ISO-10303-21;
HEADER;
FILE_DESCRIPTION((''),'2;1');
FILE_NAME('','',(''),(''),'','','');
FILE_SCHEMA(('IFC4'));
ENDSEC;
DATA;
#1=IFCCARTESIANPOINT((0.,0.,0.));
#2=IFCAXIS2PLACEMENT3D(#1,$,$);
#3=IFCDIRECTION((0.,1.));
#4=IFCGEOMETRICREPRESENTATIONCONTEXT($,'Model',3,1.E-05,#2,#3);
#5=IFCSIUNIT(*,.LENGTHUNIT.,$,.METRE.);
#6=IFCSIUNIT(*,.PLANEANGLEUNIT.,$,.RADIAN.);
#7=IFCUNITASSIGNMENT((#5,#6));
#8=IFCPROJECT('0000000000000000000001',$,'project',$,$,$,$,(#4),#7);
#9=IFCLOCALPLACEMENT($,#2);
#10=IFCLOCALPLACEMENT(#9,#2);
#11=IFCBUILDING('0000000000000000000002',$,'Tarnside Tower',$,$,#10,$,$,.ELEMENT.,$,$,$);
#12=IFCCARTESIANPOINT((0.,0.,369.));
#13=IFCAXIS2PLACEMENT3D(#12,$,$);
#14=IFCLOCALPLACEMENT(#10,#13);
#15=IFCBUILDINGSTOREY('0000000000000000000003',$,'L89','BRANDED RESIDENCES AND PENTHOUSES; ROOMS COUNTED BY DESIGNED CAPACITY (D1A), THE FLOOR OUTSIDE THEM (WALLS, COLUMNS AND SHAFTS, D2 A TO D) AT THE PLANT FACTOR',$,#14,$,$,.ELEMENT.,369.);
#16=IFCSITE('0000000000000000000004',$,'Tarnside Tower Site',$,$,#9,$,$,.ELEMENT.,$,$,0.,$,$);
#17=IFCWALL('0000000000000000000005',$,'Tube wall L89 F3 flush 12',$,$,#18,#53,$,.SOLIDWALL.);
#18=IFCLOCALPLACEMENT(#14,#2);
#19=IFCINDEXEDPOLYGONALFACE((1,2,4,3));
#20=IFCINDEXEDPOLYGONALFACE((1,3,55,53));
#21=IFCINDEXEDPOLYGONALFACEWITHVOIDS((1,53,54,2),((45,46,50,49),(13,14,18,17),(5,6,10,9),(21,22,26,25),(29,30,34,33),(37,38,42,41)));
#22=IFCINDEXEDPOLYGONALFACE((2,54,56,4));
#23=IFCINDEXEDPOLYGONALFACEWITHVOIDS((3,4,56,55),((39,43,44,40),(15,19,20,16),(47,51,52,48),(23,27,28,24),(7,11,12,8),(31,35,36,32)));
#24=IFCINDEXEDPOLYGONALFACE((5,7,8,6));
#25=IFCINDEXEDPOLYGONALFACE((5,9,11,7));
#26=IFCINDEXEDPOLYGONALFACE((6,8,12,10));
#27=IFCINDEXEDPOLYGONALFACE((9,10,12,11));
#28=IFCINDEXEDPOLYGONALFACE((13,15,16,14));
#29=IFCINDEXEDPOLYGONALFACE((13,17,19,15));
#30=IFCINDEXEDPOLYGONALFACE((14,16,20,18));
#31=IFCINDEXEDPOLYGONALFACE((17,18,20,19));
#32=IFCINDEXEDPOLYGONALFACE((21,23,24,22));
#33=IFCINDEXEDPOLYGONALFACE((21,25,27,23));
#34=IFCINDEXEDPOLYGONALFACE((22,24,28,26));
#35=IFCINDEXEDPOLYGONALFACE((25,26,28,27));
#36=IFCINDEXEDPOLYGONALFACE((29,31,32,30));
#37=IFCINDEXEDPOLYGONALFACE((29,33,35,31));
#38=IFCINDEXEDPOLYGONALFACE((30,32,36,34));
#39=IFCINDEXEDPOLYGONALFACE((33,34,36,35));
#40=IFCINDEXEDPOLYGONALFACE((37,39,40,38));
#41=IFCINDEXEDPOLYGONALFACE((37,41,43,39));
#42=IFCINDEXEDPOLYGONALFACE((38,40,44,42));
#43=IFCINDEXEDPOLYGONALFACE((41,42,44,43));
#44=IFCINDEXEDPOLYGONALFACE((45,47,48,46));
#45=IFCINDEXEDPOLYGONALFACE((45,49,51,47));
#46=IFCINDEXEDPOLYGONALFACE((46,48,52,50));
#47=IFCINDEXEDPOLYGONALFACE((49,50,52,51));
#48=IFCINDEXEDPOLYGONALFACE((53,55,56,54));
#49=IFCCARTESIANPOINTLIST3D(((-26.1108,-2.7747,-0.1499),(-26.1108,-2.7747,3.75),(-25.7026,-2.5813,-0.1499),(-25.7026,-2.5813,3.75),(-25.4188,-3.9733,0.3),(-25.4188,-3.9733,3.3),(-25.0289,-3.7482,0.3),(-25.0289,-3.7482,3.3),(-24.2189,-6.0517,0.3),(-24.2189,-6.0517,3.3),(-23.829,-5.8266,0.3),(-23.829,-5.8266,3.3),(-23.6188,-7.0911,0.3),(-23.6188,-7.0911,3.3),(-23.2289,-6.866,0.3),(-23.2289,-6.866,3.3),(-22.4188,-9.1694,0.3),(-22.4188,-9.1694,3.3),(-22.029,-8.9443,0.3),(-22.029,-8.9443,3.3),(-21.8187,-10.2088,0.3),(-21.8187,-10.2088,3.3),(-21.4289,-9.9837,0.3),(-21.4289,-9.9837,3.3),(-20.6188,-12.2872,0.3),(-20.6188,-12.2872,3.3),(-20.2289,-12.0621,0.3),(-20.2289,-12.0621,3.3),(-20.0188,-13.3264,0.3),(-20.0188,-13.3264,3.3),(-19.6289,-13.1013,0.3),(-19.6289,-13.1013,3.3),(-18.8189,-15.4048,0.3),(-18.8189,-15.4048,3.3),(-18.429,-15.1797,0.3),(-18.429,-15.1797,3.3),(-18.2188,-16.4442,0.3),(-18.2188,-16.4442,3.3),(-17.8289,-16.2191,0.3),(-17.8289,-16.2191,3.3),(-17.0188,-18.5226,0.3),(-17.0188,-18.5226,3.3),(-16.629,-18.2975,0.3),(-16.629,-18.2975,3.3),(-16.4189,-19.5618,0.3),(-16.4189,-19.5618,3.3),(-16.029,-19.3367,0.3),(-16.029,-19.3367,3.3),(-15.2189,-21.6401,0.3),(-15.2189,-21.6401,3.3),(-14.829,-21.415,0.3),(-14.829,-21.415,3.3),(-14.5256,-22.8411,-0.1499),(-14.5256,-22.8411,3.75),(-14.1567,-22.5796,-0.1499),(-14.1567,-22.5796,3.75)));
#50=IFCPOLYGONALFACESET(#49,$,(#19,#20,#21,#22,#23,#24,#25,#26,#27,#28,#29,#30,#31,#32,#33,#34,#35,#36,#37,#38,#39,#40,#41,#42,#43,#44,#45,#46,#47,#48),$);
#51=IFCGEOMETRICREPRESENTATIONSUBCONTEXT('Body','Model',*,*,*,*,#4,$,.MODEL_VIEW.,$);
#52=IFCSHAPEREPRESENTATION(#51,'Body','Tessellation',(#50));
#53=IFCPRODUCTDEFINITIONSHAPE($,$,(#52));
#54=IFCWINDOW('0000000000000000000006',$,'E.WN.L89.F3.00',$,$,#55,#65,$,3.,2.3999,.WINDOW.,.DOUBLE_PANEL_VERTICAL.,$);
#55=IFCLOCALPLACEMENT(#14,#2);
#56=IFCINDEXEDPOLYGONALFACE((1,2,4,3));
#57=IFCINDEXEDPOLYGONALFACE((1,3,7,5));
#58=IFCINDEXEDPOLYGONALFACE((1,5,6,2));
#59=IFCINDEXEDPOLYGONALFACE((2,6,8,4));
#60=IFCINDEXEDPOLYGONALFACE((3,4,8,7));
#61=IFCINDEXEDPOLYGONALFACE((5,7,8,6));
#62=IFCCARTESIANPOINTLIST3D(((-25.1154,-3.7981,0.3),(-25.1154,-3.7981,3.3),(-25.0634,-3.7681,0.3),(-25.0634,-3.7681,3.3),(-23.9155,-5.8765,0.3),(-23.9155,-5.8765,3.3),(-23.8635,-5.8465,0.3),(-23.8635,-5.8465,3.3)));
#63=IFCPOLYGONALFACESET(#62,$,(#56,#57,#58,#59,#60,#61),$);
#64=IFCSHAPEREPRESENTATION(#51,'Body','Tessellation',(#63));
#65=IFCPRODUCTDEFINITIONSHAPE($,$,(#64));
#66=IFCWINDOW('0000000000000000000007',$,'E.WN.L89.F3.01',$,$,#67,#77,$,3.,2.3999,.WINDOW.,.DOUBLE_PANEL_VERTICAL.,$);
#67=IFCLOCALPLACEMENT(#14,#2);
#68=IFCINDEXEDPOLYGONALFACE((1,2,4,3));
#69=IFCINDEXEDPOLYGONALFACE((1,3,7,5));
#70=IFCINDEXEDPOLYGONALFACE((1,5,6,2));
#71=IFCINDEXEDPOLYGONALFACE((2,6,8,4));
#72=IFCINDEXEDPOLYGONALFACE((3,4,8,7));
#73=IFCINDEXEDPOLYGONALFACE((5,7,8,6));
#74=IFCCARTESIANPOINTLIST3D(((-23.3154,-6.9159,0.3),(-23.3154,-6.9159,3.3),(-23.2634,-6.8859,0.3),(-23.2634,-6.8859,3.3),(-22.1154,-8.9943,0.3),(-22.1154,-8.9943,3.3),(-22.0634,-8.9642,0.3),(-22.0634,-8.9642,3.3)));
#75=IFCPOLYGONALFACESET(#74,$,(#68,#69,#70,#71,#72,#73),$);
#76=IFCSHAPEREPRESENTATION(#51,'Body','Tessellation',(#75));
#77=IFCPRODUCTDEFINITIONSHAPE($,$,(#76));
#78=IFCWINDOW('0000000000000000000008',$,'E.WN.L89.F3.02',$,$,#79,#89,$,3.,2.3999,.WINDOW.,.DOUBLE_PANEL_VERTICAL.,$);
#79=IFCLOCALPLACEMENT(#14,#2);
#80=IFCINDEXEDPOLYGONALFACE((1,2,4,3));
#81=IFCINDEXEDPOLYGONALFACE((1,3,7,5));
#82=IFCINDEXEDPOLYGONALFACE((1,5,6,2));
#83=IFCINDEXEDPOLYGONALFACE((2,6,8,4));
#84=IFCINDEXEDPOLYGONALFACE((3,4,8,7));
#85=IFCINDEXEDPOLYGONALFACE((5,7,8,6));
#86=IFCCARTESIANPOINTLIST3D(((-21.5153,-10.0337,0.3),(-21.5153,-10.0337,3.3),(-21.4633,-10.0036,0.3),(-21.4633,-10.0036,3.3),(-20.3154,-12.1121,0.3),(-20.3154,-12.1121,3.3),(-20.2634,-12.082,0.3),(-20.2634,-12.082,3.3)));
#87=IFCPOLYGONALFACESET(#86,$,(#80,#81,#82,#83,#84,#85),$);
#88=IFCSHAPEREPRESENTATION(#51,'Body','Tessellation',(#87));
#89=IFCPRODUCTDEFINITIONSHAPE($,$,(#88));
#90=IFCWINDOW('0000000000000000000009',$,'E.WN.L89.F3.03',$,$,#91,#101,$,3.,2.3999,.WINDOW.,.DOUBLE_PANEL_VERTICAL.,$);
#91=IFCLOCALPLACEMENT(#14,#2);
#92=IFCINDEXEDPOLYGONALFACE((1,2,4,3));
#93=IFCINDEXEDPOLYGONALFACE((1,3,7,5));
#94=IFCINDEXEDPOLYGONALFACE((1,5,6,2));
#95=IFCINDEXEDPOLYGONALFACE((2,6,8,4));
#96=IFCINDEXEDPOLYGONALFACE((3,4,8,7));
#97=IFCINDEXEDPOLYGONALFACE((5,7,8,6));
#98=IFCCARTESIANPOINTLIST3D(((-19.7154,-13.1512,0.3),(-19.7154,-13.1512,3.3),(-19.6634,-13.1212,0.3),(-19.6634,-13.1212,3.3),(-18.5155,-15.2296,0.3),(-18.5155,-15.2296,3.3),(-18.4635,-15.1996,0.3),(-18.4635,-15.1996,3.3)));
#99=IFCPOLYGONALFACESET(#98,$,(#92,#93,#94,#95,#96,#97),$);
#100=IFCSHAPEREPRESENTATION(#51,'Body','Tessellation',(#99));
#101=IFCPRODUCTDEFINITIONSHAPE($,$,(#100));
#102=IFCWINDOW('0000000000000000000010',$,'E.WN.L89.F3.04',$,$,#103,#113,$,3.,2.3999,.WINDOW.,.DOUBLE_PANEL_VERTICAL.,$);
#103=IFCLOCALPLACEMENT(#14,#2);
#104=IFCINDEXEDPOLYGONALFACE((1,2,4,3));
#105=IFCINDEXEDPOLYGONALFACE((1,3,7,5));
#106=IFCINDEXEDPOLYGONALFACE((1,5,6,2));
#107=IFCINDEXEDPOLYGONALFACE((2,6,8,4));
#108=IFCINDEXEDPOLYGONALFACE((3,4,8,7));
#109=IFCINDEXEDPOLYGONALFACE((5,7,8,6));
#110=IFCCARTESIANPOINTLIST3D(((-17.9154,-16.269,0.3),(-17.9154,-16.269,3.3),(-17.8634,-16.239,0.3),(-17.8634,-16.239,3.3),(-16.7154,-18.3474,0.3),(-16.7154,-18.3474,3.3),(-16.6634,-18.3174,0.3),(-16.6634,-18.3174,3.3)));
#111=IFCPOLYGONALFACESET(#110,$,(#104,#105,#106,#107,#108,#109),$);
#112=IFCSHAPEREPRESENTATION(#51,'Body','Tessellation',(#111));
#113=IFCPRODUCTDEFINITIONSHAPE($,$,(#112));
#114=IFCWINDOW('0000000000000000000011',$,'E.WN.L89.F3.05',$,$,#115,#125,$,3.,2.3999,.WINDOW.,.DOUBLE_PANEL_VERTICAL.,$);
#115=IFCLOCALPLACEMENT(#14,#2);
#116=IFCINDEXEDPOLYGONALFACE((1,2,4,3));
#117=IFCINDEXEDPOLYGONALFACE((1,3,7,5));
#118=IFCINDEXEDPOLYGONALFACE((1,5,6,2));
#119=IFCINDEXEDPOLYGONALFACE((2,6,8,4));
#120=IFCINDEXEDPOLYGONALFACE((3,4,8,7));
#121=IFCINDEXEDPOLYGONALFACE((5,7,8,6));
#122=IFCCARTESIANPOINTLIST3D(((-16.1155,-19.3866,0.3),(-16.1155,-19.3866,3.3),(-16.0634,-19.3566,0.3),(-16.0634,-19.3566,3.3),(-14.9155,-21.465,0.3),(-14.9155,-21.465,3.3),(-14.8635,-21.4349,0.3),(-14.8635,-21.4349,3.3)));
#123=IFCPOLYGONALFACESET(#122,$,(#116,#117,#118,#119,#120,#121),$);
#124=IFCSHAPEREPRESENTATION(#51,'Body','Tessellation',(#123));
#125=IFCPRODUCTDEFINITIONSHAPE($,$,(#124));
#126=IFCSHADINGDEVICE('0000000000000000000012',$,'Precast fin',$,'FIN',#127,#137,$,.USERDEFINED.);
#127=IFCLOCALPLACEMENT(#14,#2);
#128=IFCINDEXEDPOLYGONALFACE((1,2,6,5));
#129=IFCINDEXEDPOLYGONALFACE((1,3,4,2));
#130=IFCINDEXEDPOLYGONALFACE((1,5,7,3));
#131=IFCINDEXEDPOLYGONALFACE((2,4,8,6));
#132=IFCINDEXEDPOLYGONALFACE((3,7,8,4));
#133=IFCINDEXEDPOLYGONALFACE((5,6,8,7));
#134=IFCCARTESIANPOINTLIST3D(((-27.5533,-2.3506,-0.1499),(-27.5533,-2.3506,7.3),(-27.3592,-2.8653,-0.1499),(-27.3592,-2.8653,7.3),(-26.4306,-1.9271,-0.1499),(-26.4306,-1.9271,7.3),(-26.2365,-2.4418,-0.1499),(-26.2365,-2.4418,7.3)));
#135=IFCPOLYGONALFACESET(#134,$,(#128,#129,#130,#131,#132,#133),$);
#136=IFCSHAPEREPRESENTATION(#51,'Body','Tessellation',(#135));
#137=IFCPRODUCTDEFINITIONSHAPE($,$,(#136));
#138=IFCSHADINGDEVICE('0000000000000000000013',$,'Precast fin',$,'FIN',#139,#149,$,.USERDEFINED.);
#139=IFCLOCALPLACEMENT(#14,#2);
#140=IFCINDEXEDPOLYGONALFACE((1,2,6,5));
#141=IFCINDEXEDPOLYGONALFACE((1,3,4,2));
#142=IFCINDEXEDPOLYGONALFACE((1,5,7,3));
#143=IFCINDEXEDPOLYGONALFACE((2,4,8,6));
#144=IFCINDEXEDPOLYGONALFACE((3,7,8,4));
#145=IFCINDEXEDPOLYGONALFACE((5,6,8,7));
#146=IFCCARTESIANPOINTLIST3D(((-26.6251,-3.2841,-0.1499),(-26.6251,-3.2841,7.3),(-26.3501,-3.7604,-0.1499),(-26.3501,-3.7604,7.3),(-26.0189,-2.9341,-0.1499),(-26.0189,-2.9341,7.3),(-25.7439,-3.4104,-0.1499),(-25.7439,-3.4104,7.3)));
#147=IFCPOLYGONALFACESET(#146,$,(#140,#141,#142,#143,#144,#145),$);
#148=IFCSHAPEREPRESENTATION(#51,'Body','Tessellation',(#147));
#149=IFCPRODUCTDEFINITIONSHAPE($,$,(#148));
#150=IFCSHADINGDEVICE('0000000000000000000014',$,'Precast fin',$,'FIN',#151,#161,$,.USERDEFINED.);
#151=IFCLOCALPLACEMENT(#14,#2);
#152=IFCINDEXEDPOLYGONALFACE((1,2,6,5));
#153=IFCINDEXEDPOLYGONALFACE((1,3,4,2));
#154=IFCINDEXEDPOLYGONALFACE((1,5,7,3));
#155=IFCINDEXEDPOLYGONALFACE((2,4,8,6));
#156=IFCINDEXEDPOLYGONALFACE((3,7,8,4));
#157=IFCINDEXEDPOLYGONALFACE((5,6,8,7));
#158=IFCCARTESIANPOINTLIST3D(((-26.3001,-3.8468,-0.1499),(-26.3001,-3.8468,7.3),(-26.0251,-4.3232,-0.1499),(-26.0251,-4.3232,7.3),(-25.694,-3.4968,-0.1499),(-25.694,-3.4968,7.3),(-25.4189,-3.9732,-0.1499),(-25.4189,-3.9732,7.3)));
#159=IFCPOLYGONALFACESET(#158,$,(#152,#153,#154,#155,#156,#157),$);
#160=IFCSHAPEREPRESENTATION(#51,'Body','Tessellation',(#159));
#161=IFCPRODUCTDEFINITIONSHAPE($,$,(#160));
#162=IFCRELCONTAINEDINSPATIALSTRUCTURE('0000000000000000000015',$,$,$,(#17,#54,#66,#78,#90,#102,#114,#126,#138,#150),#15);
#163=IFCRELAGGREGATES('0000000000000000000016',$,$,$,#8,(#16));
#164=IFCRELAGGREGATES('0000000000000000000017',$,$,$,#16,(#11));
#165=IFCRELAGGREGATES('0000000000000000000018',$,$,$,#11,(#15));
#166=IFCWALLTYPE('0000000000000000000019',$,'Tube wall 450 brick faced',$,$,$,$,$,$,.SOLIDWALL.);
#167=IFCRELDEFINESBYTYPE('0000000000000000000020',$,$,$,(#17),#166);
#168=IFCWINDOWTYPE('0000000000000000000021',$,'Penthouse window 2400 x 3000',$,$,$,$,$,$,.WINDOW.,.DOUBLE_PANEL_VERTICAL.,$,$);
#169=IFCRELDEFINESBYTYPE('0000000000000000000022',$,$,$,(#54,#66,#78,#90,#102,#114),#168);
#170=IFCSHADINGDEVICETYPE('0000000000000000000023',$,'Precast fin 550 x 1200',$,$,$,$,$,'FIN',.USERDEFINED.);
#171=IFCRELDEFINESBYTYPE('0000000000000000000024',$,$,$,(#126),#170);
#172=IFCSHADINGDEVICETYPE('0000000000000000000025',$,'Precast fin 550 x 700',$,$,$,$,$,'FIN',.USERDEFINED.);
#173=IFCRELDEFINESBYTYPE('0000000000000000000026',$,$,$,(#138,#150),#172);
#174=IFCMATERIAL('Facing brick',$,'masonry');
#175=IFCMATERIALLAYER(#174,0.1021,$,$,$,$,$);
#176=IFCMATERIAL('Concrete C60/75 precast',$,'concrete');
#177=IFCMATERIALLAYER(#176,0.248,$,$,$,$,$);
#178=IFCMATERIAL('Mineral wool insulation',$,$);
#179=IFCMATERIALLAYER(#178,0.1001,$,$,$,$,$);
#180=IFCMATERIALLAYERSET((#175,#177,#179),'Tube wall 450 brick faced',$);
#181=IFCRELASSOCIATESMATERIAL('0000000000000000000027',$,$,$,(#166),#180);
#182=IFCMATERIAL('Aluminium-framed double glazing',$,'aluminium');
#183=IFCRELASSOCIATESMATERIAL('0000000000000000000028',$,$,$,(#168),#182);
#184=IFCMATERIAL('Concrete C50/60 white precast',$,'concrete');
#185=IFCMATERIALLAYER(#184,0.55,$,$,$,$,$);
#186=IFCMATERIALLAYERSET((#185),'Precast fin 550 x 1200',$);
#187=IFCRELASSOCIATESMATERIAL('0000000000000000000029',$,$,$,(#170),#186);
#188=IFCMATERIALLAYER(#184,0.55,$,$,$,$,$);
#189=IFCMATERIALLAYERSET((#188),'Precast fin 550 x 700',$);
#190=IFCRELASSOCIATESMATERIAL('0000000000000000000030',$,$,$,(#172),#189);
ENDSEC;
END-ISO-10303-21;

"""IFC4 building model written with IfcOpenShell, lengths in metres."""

from ifc_helpers import new_model, si_unit, direction, frame, frame_2d, origin, place, context, subcontext, project, spatial, polyline, rectangle, outline, extrude, material, layer, layer_set, type_object, element, fill, save


model = new_model("IFC4")

# Units and contexts
model_context = context("Model", 3, precision=1e-05, world=origin(), true_north=direction((0.0, 1.0)))
body_context = subcontext(model_context, "Body", "Model", "MODEL_VIEW")
ifc_project = project(units=[si_unit("LENGTHUNIT", "METRE"), si_unit("PLANEANGLEUNIT", "RADIAN")], contexts=[model_context])

# Site, building, storey
site_placement = place(None, origin())
site = spatial("IfcSite", under=ifc_project, at=site_placement, Name="Tarnside Tower Site", CompositionType="ELEMENT", RefElevation=0.0)
building_placement = place(site_placement, origin())
building = spatial("IfcBuilding", under=site, at=building_placement, Name="Tarnside Tower", CompositionType="ELEMENT")
storey_placement = place(building_placement, frame((0.0, 0.0, 369.0)))
storey = spatial("IfcBuildingStorey", under=building, at=storey_placement, Name="L89", Description="BRANDED RESIDENCES AND PENTHOUSES; ROOMS COUNTED BY DESIGNED CAPACITY (D1A), THE FLOOR OUTSIDE THEM (WALLS, COLUMNS AND SHAFTS, D2 A TO D) AT THE PLANT FACTOR", CompositionType="ELEMENT", Elevation=369.0)

# Shared definitions
ifc_material_1 = material(Name="Facing brick", Category="masonry")
ifc_layer_1 = layer(ifc_material_1, 0.1021)
ifc_material_2 = material(Name="Concrete C60/75 precast", Category="concrete")
ifc_layer_2 = layer(ifc_material_2, 0.248)
ifc_material_3 = material(Name="Mineral wool insulation")
ifc_layer_3 = layer(ifc_material_3, 0.1001)
ifc_layer_set_1 = layer_set([ifc_layer_1, ifc_layer_2, ifc_layer_3], Name="Tube wall 450 brick faced")
wall_type_1 = type_object("IfcWallType", Name="Tube wall 450 brick faced", PredefinedType="SOLIDWALL", material=ifc_layer_set_1)

# Wall, openings, windows
wall_1_placement = place(storey_placement, frame((-25.9067, -2.678, -0.1499), z_axis=(0.0, 0.0, 1.0), x_axis=(0.499997, -0.866027, 0.0)))
wall_1 = element("IfcWall", 1, at=wall_1_placement, inside=storey, type_object=wall_type_1, Name="Tube wall L89 F3 flush 12", PredefinedType="SOLIDWALL", context=body_context, shape_type="SweptSolid", body=[
    extrude(outline(polyline([(-0.0183, -0.2251), (23.1523, -0.2251), (23.1104, 0.2251), (0.0183, 0.2251), (-0.0183, -0.2251)])), origin(), (0.0, 0.0, 1.0), 3.8999),
])
opening_1_placement = place(wall_1_placement, frame((1.3657, 0.0, 0.45)))
opening_1 = element("IfcOpeningElement", 2, at=opening_1_placement, cuts=wall_1, PredefinedType="OPENING", context=body_context, shape_type="SweptSolid", body=[
    extrude(rectangle(XDim=2.3999, YDim=3.0, at=frame_2d((1.2, 1.5))), frame((0.0, 0.2349, 0.0), z_axis=(0.0, -1.0, 0.0), x_axis=(1.0, 0.0, 0.0)), (0.0, 0.0, 1.0), 0.47),
])
opening_2_placement = place(wall_1_placement, frame((4.9658, 0.0, 0.45)))
opening_2 = element("IfcOpeningElement", 3, at=opening_2_placement, cuts=wall_1, PredefinedType="OPENING", context=body_context, shape_type="SweptSolid", body=[
    extrude(rectangle(XDim=2.3999, YDim=3.0, at=frame_2d((1.2, 1.5))), frame((0.0, 0.2349, 0.0), z_axis=(0.0, -1.0, 0.0), x_axis=(1.0, 0.0, 0.0)), (0.0, 0.0, 1.0), 0.47),
])
opening_3_placement = place(wall_1_placement, frame((8.5659, 0.0, 0.45)))
opening_3 = element("IfcOpeningElement", 4, at=opening_3_placement, cuts=wall_1, PredefinedType="OPENING", context=body_context, shape_type="SweptSolid", body=[
    extrude(rectangle(XDim=2.3999, YDim=3.0, at=frame_2d((1.2, 1.5))), frame((0.0, 0.2349, 0.0), z_axis=(0.0, -1.0, 0.0), x_axis=(1.0, 0.0, 0.0)), (0.0, 0.0, 1.0), 0.47),
])
opening_4_placement = place(wall_1_placement, frame((12.1658, 0.0, 0.45)))
opening_4 = element("IfcOpeningElement", 5, at=opening_4_placement, cuts=wall_1, PredefinedType="OPENING", context=body_context, shape_type="SweptSolid", body=[
    extrude(rectangle(XDim=2.3999, YDim=3.0, at=frame_2d((1.2, 1.5))), frame((0.0, 0.2349, 0.0), z_axis=(0.0, -1.0, 0.0), x_axis=(1.0, 0.0, 0.0)), (0.0, 0.0, 1.0), 0.47),
])
opening_5_placement = place(wall_1_placement, frame((15.7659, 0.0, 0.45)))
opening_5 = element("IfcOpeningElement", 6, at=opening_5_placement, cuts=wall_1, PredefinedType="OPENING", context=body_context, shape_type="SweptSolid", body=[
    extrude(rectangle(XDim=2.3999, YDim=3.0, at=frame_2d((1.2, 1.5))), frame((0.0, 0.2349, 0.0), z_axis=(0.0, -1.0, 0.0), x_axis=(1.0, 0.0, 0.0)), (0.0, 0.0, 1.0), 0.47),
])
opening_6_placement = place(wall_1_placement, frame((19.3657, 0.0, 0.45)))
opening_6 = element("IfcOpeningElement", 7, at=opening_6_placement, cuts=wall_1, PredefinedType="OPENING", context=body_context, shape_type="SweptSolid", body=[
    extrude(rectangle(XDim=2.3999, YDim=3.0, at=frame_2d((1.2, 1.5))), frame((0.0, 0.2349, 0.0), z_axis=(0.0, -1.0, 0.0), x_axis=(1.0, 0.0, 0.0)), (0.0, 0.0, 1.0), 0.47),
])
ifc_material_4 = material(Name="Aluminium-framed double glazing", Category="aluminium")
window_type = type_object("IfcWindowType", Name="Penthouse window 2400 x 3000", PartitioningType="DOUBLE_PANEL_VERTICAL", PredefinedType="WINDOW", material=ifc_material_4)
window_1_placement = place(opening_1_placement, frame((0.0, 0.1553, 0.0)))
window_1 = element("IfcWindow", 8, at=window_1_placement, inside=storey, type_object=window_type, Name="E.WN.L89.F3.00", OverallHeight=3.0, OverallWidth=2.3999, PartitioningType="DOUBLE_PANEL_VERTICAL", PredefinedType="WINDOW", context=body_context, shape_type="SweptSolid", body=[
    extrude(rectangle(XDim=2.3999, YDim=3.0, at=frame_2d((1.2, 1.5))), frame((0.0, 0.03, 0.0), z_axis=(0.0, -1.0, 0.0), x_axis=(1.0, 0.0, 0.0)), (0.0, 0.0, 1.0), 0.0601),
])
fill(opening_1, window_1)
window_2_placement = place(opening_2_placement, frame((0.0, 0.1553, 0.0)))
window_2 = element("IfcWindow", 9, at=window_2_placement, inside=storey, type_object=window_type, Name="E.WN.L89.F3.01", OverallHeight=3.0, OverallWidth=2.3999, PartitioningType="DOUBLE_PANEL_VERTICAL", PredefinedType="WINDOW", context=body_context, shape_type="SweptSolid", body=[
    extrude(rectangle(XDim=2.3999, YDim=3.0, at=frame_2d((1.2, 1.5))), frame((0.0, 0.03, 0.0), z_axis=(0.0, -1.0, 0.0), x_axis=(1.0, 0.0, 0.0)), (0.0, 0.0, 1.0), 0.0601),
])
fill(opening_2, window_2)
window_3_placement = place(opening_3_placement, frame((0.0, 0.1553, 0.0)))
window_3 = element("IfcWindow", 10, at=window_3_placement, inside=storey, type_object=window_type, Name="E.WN.L89.F3.02", OverallHeight=3.0, OverallWidth=2.3999, PartitioningType="DOUBLE_PANEL_VERTICAL", PredefinedType="WINDOW", context=body_context, shape_type="SweptSolid", body=[
    extrude(rectangle(XDim=2.3999, YDim=3.0, at=frame_2d((1.2, 1.5))), frame((0.0, 0.03, 0.0), z_axis=(0.0, -1.0, 0.0), x_axis=(1.0, 0.0, 0.0)), (0.0, 0.0, 1.0), 0.0601),
])
fill(opening_3, window_3)
window_4_placement = place(opening_4_placement, frame((0.0, 0.1553, 0.0)))
window_4 = element("IfcWindow", 11, at=window_4_placement, inside=storey, type_object=window_type, Name="E.WN.L89.F3.03", OverallHeight=3.0, OverallWidth=2.3999, PartitioningType="DOUBLE_PANEL_VERTICAL", PredefinedType="WINDOW", context=body_context, shape_type="SweptSolid", body=[
    extrude(rectangle(XDim=2.3999, YDim=3.0, at=frame_2d((1.2, 1.5))), frame((0.0, 0.03, 0.0), z_axis=(0.0, -1.0, 0.0), x_axis=(1.0, 0.0, 0.0)), (0.0, 0.0, 1.0), 0.0601),
])
fill(opening_4, window_4)
window_5_placement = place(opening_5_placement, frame((0.0, 0.1553, 0.0)))
window_5 = element("IfcWindow", 12, at=window_5_placement, inside=storey, type_object=window_type, Name="E.WN.L89.F3.04", OverallHeight=3.0, OverallWidth=2.3999, PartitioningType="DOUBLE_PANEL_VERTICAL", PredefinedType="WINDOW", context=body_context, shape_type="SweptSolid", body=[
    extrude(rectangle(XDim=2.3999, YDim=3.0, at=frame_2d((1.2, 1.5))), frame((0.0, 0.03, 0.0), z_axis=(0.0, -1.0, 0.0), x_axis=(1.0, 0.0, 0.0)), (0.0, 0.0, 1.0), 0.0601),
])
fill(opening_5, window_5)
window_6_placement = place(opening_6_placement, frame((0.0, 0.1553, 0.0)))
window_6 = element("IfcWindow", 13, at=window_6_placement, inside=storey, type_object=window_type, Name="E.WN.L89.F3.05", OverallHeight=3.0, OverallWidth=2.3999, PartitioningType="DOUBLE_PANEL_VERTICAL", PredefinedType="WINDOW", context=body_context, shape_type="SweptSolid", body=[
    extrude(rectangle(XDim=2.3999, YDim=3.0, at=frame_2d((1.2, 1.5))), frame((0.0, 0.03, 0.0), z_axis=(0.0, -1.0, 0.0), x_axis=(1.0, 0.0, 0.0)), (0.0, 0.0, 1.0), 0.0601),
])
fill(opening_6, window_6)

# Shading devices
ifc_material_5 = material(Name="Concrete C50/60 white precast", Category="concrete")
ifc_layer_4 = layer(ifc_material_5, 0.55)
ifc_layer_set_2 = layer_set([ifc_layer_4], Name="Precast fin 550 x 1200")
shading_device_type_1 = type_object("IfcShadingDeviceType", Name="Precast fin 550 x 1200", ElementType="FIN", PredefinedType="USERDEFINED", material=ifc_layer_set_2)
shading_device_placement = place(storey_placement, frame((-26.3335, -2.1846, -0.1499), z_axis=(-0.352931, 0.93565, 0.0), x_axis=(-0.93565, -0.352931, 0.0)))
element("IfcShadingDevice", 14, at=shading_device_placement, inside=storey, type_object=shading_device_type_1, Name="Precast fin", ObjectType="FIN", PredefinedType="USERDEFINED", context=body_context, shape_type="SweptSolid", body=[
    extrude(outline(polyline([(0.0, 0.0), (1.2, 0.0), (1.2, 7.45), (0.0, 7.45), (0.0, 0.0)])), frame((0.0, 0.0, -0.2749)), (0.0, 0.0, 1.0), 0.55),
])
ifc_layer_5 = layer(ifc_material_5, 0.55)
ifc_layer_set_3 = layer_set([ifc_layer_5], Name="Precast fin 550 x 700")
shading_device_type_2 = type_object("IfcShadingDeviceType", Name="Precast fin 550 x 700", ElementType="FIN", PredefinedType="USERDEFINED", material=ifc_layer_set_3)
for number, where, z_axis, x_axis, name in (
    (15, (-25.8813, -3.1724, -0.1499), (-0.5, 0.866025, 0.0), (-0.866025, -0.5, 0.0), "Precast fin"),
    (16, (-25.5564, -3.7351, -0.1499), (-0.5, 0.866025, 0.0), (-0.866025, -0.5, 0.0), "Precast fin"),
):
    element("IfcShadingDevice", number, at=place(storey_placement, frame(where, z_axis=z_axis, x_axis=x_axis)), inside=storey, type_object=shading_device_type_2, Name=name, ObjectType="FIN", PredefinedType="USERDEFINED", context=body_context, shape_type="SweptSolid", body=[
        extrude(outline(polyline([(0.0, 0.0), (0.7, 0.0), (0.7, 7.45), (0.0, 7.45), (0.0, 0.0)])), frame((0.0, 0.0, -0.2749)), (0.0, 0.0, 1.0), 0.55),
    ])

save(model, "model.ifc")
